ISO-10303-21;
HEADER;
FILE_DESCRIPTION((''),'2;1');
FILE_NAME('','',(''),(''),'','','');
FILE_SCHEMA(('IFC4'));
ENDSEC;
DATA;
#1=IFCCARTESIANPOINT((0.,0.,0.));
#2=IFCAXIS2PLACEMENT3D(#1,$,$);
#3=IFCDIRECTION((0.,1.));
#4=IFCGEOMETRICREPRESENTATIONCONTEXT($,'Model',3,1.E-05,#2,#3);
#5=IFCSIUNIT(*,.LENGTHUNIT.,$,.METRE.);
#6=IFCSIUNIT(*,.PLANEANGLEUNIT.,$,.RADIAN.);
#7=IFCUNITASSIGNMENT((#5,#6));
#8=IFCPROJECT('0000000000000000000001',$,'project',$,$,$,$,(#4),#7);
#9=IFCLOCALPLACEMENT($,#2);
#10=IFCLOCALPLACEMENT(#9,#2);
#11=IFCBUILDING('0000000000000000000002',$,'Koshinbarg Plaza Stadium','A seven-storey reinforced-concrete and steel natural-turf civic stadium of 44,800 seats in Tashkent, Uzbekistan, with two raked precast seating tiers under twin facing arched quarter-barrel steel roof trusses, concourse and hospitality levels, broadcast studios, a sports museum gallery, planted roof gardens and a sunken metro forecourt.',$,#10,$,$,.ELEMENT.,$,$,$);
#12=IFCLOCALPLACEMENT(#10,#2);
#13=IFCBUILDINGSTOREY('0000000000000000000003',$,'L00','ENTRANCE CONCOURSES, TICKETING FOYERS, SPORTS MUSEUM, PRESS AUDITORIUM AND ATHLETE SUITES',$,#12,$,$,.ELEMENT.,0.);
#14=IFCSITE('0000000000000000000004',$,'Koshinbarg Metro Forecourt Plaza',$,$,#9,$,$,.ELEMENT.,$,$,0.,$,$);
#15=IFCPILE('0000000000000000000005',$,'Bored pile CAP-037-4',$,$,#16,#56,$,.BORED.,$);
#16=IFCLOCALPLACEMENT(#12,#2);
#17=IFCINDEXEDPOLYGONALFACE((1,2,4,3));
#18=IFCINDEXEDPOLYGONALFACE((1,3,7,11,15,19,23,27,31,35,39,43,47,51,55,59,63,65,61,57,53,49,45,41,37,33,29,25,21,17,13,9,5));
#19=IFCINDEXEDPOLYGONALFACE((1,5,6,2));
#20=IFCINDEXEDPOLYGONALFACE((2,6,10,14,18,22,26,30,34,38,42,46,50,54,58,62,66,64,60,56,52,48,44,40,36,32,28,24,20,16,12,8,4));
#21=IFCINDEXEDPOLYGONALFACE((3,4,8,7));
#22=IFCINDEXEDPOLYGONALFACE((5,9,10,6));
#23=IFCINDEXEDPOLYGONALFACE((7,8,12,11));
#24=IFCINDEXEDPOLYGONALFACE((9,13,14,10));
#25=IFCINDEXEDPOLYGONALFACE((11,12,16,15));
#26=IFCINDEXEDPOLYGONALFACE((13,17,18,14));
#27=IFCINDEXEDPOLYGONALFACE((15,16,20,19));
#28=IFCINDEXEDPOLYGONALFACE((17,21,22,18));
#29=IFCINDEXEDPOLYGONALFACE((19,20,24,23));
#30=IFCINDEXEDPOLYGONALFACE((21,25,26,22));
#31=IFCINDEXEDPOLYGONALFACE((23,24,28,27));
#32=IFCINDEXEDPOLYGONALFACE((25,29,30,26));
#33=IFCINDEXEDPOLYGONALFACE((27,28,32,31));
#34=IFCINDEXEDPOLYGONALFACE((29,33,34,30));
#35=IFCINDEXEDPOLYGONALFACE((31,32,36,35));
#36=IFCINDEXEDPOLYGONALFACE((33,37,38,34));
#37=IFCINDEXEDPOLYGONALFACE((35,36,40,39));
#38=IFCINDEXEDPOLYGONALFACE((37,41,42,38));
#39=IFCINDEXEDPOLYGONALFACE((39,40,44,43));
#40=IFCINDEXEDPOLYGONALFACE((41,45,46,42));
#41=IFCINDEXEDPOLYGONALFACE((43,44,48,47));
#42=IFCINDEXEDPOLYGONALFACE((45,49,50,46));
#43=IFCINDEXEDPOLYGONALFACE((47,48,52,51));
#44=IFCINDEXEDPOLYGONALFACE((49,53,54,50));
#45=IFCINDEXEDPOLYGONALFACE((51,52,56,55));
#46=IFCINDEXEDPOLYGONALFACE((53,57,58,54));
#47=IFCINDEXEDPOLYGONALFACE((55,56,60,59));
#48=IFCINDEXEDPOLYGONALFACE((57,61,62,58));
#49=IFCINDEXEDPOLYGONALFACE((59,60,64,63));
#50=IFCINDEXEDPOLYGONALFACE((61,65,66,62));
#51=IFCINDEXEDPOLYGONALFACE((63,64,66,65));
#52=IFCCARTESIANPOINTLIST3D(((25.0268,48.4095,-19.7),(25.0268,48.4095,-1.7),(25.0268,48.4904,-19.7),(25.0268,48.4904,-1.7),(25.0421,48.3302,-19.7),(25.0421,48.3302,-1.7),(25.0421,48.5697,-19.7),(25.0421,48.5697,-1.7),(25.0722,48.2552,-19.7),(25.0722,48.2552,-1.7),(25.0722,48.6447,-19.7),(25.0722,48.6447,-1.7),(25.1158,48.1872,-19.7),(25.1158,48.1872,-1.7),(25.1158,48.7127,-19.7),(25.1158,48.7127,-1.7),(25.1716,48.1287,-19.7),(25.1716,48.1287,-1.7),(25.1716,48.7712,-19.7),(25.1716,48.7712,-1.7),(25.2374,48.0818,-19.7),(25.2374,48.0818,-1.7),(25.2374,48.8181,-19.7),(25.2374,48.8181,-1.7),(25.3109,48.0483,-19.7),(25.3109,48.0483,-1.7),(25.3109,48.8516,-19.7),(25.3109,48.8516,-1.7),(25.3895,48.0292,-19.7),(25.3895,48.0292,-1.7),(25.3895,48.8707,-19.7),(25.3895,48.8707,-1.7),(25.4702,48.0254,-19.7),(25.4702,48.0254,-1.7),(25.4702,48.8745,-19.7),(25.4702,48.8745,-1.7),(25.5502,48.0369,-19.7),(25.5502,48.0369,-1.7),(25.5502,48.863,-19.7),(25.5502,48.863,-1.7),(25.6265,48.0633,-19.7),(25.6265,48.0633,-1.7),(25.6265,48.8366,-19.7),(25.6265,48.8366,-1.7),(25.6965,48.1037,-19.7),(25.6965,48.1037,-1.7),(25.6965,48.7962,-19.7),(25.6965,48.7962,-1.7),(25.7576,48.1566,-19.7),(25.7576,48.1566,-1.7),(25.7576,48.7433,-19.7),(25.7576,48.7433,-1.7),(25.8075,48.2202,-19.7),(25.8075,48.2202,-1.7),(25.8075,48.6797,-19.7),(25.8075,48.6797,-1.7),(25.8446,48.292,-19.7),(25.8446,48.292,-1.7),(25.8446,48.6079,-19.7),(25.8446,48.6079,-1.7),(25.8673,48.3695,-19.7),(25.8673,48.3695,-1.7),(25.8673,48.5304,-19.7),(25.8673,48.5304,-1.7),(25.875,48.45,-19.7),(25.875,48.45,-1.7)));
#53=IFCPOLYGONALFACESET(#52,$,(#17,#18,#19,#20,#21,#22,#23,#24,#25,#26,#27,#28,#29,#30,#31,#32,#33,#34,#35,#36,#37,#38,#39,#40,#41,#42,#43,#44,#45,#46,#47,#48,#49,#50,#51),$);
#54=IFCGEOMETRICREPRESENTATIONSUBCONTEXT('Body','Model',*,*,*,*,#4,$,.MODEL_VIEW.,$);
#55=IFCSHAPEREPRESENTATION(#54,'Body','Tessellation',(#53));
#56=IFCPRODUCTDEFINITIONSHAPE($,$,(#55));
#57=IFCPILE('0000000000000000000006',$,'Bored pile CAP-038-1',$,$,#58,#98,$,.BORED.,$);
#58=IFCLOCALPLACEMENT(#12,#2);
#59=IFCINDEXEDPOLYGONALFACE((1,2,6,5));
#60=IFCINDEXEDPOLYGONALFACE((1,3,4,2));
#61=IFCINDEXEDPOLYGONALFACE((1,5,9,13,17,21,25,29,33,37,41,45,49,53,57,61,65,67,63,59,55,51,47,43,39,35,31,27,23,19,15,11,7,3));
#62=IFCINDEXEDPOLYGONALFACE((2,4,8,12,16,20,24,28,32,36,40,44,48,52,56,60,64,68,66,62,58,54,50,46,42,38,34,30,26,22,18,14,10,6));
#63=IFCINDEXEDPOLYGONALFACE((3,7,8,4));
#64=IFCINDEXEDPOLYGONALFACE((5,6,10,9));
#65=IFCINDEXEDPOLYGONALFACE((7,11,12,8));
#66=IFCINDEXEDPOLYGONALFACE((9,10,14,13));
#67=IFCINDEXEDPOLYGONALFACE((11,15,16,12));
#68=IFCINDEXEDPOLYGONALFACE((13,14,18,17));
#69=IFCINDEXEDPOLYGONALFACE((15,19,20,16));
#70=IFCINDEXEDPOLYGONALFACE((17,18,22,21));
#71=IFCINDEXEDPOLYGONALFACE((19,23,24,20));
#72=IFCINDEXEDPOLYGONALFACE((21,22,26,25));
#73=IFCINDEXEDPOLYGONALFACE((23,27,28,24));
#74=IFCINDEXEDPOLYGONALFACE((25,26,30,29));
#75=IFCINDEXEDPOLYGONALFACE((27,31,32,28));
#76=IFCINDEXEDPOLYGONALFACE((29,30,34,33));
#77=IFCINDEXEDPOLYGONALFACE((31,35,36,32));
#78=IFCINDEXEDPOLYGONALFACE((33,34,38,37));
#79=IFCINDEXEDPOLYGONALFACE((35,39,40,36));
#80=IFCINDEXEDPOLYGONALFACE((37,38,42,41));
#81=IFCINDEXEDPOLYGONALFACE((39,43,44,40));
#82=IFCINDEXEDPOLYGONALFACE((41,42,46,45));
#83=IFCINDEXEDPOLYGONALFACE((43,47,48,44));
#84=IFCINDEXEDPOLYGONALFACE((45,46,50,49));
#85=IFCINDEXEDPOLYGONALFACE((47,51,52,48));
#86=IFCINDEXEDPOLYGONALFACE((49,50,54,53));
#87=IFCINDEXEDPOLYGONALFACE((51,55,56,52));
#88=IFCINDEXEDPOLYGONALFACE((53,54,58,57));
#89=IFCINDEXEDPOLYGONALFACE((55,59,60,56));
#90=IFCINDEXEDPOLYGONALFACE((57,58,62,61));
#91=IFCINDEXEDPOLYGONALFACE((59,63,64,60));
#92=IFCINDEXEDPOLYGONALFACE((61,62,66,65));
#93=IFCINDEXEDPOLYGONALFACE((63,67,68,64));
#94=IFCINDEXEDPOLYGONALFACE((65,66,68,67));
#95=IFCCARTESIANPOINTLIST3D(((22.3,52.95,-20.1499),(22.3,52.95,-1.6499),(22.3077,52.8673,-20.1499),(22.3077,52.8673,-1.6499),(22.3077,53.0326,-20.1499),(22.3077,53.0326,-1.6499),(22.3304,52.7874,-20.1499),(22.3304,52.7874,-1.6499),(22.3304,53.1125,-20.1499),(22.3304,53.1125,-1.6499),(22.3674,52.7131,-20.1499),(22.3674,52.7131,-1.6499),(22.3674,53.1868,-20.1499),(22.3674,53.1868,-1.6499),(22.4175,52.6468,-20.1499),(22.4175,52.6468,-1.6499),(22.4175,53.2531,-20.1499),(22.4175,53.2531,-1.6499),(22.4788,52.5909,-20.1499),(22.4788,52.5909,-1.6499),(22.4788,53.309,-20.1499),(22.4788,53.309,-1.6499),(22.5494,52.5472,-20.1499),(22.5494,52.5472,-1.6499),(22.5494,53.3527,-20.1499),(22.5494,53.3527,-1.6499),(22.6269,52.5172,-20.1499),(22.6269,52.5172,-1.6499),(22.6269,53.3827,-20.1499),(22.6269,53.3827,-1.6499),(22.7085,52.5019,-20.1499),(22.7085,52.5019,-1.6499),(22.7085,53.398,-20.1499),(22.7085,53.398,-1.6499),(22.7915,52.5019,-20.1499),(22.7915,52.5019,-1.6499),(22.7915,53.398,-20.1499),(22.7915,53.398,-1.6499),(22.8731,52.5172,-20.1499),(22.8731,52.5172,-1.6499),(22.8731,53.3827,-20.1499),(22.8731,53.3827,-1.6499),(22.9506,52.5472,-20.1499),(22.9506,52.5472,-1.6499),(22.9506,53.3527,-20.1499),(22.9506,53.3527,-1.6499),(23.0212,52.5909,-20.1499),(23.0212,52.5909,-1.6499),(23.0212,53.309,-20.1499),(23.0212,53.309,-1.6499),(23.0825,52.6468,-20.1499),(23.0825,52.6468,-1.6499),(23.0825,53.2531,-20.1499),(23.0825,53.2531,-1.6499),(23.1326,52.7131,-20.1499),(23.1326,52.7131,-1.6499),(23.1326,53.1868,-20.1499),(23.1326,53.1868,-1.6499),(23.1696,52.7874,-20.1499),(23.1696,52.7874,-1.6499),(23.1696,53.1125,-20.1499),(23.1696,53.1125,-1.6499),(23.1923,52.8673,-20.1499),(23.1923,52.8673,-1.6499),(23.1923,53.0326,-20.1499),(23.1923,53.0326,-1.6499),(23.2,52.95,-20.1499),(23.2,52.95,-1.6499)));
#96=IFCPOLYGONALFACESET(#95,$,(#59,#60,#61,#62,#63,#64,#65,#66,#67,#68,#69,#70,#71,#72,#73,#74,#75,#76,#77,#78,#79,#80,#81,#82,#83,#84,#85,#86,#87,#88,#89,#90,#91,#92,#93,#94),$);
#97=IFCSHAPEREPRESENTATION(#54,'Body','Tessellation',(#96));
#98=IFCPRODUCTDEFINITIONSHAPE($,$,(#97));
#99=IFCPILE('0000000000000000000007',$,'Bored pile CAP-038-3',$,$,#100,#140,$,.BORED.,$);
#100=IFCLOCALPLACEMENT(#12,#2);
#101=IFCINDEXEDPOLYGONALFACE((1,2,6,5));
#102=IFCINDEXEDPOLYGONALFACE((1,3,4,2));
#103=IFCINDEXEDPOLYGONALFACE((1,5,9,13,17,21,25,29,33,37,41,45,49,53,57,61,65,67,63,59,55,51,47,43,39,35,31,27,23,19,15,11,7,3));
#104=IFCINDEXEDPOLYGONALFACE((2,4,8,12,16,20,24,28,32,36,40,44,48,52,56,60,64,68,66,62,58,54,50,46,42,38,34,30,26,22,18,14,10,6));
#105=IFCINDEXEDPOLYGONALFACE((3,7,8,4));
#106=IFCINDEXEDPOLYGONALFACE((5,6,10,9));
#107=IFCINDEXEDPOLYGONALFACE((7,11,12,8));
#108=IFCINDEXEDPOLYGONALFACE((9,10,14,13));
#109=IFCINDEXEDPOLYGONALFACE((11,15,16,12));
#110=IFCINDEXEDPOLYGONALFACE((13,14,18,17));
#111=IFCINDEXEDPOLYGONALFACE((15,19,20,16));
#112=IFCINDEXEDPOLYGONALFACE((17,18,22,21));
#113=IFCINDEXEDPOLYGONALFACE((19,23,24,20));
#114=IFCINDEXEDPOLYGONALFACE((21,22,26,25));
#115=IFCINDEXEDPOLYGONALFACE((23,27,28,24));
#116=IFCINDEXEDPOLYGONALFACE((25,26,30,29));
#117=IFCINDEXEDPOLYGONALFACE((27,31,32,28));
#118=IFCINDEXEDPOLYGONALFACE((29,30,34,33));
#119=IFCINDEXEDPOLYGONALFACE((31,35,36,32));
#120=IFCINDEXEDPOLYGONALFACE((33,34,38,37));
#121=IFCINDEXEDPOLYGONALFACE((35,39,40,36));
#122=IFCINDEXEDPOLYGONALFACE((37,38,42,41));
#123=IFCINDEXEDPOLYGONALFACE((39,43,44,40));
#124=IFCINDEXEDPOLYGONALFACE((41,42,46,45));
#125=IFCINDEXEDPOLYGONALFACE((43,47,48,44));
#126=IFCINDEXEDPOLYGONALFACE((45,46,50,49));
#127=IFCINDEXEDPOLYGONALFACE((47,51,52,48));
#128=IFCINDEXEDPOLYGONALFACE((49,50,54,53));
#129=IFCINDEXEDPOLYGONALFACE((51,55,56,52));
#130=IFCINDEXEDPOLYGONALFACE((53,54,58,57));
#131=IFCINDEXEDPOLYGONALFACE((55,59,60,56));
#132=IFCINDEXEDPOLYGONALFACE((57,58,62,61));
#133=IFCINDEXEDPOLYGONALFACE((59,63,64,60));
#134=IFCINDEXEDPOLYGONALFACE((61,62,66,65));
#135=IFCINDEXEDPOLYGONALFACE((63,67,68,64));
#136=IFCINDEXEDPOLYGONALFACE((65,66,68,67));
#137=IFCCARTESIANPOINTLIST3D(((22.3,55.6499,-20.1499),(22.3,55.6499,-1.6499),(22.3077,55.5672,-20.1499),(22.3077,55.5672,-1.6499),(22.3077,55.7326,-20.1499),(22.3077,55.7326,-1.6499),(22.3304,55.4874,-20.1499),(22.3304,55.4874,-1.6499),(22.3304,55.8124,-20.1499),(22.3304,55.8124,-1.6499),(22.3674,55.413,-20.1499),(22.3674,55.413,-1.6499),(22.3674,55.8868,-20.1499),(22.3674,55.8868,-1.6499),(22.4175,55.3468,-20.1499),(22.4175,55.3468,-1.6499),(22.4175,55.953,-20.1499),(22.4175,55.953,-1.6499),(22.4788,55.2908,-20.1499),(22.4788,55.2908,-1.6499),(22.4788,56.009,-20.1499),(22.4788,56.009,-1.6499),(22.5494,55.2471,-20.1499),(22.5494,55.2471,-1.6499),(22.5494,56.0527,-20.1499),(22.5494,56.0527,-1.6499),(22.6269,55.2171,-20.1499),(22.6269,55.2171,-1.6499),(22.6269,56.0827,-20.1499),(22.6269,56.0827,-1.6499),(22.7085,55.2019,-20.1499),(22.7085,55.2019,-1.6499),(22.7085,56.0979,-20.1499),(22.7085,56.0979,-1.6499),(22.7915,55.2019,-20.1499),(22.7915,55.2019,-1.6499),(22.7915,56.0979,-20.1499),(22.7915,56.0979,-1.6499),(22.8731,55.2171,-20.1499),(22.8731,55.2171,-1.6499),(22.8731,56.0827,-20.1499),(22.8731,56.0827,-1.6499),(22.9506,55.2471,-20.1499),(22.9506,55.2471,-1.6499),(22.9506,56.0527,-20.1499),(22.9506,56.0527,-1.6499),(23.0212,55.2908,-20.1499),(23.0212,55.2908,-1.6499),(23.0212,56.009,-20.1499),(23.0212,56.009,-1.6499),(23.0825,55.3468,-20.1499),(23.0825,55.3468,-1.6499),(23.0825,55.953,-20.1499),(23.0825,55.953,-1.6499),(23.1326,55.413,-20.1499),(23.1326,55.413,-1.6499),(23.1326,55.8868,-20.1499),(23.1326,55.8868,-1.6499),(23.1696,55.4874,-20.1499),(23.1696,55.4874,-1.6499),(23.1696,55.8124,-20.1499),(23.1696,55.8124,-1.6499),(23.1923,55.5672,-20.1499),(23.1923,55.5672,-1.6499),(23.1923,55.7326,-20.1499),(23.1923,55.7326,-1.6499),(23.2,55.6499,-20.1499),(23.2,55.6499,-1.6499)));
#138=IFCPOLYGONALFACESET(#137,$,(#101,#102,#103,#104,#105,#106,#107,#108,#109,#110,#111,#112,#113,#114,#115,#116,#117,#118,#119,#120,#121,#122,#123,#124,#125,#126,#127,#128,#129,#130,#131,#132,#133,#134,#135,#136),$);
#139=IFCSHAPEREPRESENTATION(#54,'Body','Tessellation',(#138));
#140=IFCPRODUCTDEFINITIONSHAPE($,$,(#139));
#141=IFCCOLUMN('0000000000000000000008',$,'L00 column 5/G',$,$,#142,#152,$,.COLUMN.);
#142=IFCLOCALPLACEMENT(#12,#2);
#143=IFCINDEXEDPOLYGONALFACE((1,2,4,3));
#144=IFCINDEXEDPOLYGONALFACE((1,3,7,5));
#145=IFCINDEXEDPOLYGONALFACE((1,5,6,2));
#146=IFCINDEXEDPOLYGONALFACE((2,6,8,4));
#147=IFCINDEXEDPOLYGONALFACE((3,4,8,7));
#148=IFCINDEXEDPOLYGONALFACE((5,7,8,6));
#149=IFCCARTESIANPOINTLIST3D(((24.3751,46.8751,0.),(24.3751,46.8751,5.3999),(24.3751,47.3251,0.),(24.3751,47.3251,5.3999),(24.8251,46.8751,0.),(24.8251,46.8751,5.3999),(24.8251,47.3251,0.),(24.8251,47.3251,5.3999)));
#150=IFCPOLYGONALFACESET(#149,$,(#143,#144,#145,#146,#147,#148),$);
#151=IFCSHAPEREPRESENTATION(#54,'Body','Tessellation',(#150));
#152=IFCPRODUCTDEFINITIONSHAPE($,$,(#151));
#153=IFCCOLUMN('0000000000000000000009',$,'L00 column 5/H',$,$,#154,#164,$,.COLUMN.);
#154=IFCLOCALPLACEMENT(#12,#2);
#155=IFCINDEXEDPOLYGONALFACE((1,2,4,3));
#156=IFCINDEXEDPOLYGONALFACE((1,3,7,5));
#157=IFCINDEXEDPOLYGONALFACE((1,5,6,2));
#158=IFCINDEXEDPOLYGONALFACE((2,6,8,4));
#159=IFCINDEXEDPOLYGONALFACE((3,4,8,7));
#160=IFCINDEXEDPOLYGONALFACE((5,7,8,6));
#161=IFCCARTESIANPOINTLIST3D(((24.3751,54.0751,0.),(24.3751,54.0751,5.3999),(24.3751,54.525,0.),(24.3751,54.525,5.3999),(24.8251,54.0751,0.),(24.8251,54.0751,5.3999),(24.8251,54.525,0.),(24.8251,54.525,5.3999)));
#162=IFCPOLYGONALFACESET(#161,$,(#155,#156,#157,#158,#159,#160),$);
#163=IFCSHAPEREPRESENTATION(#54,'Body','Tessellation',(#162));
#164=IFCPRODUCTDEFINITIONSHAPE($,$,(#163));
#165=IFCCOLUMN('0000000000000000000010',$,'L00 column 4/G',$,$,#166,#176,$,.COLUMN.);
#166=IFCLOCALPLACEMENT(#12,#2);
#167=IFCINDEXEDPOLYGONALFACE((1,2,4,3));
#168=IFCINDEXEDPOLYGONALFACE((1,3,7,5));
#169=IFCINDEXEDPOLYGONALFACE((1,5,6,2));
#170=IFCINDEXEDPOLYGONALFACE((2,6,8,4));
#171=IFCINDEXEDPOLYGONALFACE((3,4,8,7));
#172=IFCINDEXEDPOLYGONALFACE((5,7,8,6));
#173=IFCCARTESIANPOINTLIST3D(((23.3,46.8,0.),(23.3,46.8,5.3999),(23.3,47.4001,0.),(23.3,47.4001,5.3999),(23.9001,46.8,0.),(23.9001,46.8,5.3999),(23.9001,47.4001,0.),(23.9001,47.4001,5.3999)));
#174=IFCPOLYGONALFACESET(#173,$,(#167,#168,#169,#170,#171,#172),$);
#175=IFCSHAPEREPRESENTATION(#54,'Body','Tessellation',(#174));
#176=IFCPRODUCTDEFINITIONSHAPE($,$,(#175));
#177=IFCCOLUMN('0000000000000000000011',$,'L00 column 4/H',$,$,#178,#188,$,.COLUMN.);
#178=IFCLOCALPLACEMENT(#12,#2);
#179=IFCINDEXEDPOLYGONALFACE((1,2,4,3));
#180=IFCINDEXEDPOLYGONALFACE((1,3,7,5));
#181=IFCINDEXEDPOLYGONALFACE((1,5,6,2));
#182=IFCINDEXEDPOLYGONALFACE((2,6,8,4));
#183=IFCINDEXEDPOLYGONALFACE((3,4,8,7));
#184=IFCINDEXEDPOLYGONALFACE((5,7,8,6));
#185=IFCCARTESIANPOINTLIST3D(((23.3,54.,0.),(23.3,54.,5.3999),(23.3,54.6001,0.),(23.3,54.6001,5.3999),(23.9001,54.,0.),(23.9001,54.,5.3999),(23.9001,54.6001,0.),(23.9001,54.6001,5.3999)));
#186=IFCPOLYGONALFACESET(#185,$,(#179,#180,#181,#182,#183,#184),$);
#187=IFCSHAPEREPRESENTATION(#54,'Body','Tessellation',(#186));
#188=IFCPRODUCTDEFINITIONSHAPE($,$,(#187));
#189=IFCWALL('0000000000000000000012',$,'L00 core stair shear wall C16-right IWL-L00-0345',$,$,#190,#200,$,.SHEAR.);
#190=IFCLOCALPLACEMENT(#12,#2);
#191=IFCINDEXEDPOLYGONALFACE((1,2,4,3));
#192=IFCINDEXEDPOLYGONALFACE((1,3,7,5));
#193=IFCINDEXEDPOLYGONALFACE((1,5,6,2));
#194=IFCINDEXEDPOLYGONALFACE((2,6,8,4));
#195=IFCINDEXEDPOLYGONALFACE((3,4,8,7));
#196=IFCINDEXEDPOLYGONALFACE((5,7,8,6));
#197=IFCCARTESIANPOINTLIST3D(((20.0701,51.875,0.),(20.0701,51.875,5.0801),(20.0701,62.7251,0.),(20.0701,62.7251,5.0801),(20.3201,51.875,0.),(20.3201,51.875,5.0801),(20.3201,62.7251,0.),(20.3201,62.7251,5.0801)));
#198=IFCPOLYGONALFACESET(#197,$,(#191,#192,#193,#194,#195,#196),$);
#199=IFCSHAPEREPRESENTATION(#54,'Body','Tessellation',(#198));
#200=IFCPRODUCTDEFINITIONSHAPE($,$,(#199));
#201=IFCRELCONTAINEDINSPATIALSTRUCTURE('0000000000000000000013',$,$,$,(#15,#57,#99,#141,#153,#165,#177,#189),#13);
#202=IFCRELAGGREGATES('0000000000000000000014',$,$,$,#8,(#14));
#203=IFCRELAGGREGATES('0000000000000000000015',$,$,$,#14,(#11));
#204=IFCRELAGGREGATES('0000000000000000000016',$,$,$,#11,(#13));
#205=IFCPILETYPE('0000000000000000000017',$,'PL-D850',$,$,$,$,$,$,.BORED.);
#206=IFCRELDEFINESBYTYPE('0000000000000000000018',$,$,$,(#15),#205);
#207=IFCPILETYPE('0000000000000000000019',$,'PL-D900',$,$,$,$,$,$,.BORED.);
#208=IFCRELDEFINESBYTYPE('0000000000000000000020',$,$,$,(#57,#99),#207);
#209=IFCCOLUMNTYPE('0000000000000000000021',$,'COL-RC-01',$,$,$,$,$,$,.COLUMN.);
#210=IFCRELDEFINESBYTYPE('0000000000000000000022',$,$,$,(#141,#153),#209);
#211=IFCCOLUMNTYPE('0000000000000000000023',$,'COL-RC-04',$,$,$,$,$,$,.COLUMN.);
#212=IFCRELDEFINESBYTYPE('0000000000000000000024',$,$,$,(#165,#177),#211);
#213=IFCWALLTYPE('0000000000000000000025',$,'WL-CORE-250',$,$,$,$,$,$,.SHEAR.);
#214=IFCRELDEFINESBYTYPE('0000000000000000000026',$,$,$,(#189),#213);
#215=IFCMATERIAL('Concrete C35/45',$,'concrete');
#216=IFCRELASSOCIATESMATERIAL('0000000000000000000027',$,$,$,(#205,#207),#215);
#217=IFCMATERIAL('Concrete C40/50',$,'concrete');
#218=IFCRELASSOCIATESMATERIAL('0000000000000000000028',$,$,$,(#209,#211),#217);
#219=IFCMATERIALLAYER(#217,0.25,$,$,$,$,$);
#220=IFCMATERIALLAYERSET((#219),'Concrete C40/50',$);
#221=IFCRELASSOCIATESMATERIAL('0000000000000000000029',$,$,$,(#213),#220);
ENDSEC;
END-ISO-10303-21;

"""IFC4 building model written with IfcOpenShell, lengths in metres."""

from ifc_helpers import new_model, si_unit, direction, frame, frame_2d, origin, origin_2d, place, context, subcontext, project, spatial, rectangle, circle, extrude, material, layer, layer_set, material_profile, profile_set, type_object, element, save


model = new_model("IFC4")

# Units and contexts
model_context = context("Model", 3, precision=1e-05, world=origin(), true_north=direction((0.0, 1.0)))
body_context = subcontext(model_context, "Body", "Model", "MODEL_VIEW")
ifc_project = project(units=[si_unit("LENGTHUNIT", "METRE"), si_unit("PLANEANGLEUNIT", "RADIAN")], contexts=[model_context])

# Site, building, storey
site_placement = place(None, origin())
site = spatial("IfcSite", under=ifc_project, at=site_placement, Name="Koshinbarg Metro Forecourt Plaza", CompositionType="ELEMENT", RefElevation=0.0)
building_placement = place(site_placement, origin())
building = spatial("IfcBuilding", under=site, at=building_placement, Name="Koshinbarg Plaza Stadium", Description="A seven-storey reinforced-concrete and steel natural-turf civic stadium of 44,800 seats in Tashkent, Uzbekistan, with two raked precast seating tiers under twin facing arched quarter-barrel steel roof trusses, concourse and hospitality levels, broadcast studios, a sports museum gallery, planted roof gardens and a sunken metro forecourt.", CompositionType="ELEMENT")
storey_placement = place(building_placement, origin())
storey = spatial("IfcBuildingStorey", under=building, at=storey_placement, Name="L00", Description="ENTRANCE CONCOURSES, TICKETING FOYERS, SPORTS MUSEUM, PRESS AUDITORIUM AND ATHLETE SUITES", CompositionType="ELEMENT", Elevation=0.0)

# Shared definitions
ifc_material_1 = material(Name="Concrete C35/45", Category="concrete")

# Piles
ifc_material_profile_1 = material_profile(ifc_material_1, circle(Radius=0.425, at=origin_2d()), Name="PILE D850")
ifc_profile_set_1 = profile_set([ifc_material_profile_1], Name="Concrete C35/45")
pile_type_1 = type_object("IfcPileType", Name="PL-D850", PredefinedType="BORED", material=ifc_profile_set_1)
for number, where, z_axis, x_axis, name in (
    (1, (25.45, 48.45, -1.7), (0.0, 0.0, -1.0), (1.0, 0.0, 0.0), "Bored pile CAP-037-4"),
):
    element("IfcPile", number, at=place(storey_placement, frame(where, z_axis=z_axis, x_axis=x_axis)), inside=storey, type_object=pile_type_1, Name=name, PredefinedType="BORED", context=body_context, shape_type="SweptSolid", body=[
        extrude(circle(Radius=0.425, at=origin_2d()), origin(), (0.0, 0.0, 1.0), 18.0),
    ])
ifc_material_profile_2 = material_profile(ifc_material_1, circle(Radius=0.45, at=origin_2d()), Name="PILE D900")
ifc_profile_set_2 = profile_set([ifc_material_profile_2], Name="Concrete C35/45")
pile_type_2 = type_object("IfcPileType", Name="PL-D900", PredefinedType="BORED", material=ifc_profile_set_2)
for number, where, z_axis, x_axis, name in (
    (2, (22.75, 52.95, -1.6499), (0.0, 0.0, -1.0), (1.0, 0.0, 0.0), "Bored pile CAP-038-1"),
    (3, (22.75, 55.6499, -1.6499), (0.0, 0.0, -1.0), (1.0, 0.0, 0.0), "Bored pile CAP-038-3"),
):
    element("IfcPile", number, at=place(storey_placement, frame(where, z_axis=z_axis, x_axis=x_axis)), inside=storey, type_object=pile_type_2, Name=name, PredefinedType="BORED", context=body_context, shape_type="SweptSolid", body=[
        extrude(circle(Radius=0.45, at=origin_2d()), origin(), (0.0, 0.0, 1.0), 18.5),
    ])

# Columns
ifc_material_2 = material(Name="Concrete C40/50", Category="concrete")
ifc_material_profile_3 = material_profile(ifc_material_2, rectangle(XDim=0.45, YDim=0.45, at=origin_2d()), Name="RC 450x450")
ifc_profile_set_3 = profile_set([ifc_material_profile_3], Name="Concrete C40/50")
column_type_1 = type_object("IfcColumnType", Name="COL-RC-01", PredefinedType="COLUMN", material=ifc_profile_set_3)
for number, where, z_axis, x_axis, name in (
    (4, (24.6001, 47.1001, 0.0), (0.0, 0.0, 1.0), (1.0, 0.0, 0.0), "L00 column 5/G"),
    (5, (24.6001, 54.3, 0.0), (0.0, 0.0, 1.0), (1.0, 0.0, 0.0), "L00 column 5/H"),
):
    element("IfcColumn", number, at=place(storey_placement, frame(where, z_axis=z_axis, x_axis=x_axis)), inside=storey, type_object=column_type_1, Name=name, PredefinedType="COLUMN", context=body_context, shape_type="SweptSolid", body=[
        extrude(rectangle(XDim=0.45, YDim=0.45, at=origin_2d()), origin(), (0.0, 0.0, 1.0), 5.3999),
    ])
ifc_material_profile_4 = material_profile(ifc_material_2, rectangle(XDim=0.6001, YDim=0.6001, at=origin_2d()), Name="RC 600x600")
ifc_profile_set_4 = profile_set([ifc_material_profile_4], Name="Concrete C40/50")
column_type_2 = type_object("IfcColumnType", Name="COL-RC-04", PredefinedType="COLUMN", material=ifc_profile_set_4)
for number, where, z_axis, x_axis, name in (
    (6, (23.6001, 47.1001, 0.0), (0.0, 0.0, 1.0), (1.0, 0.0, 0.0), "L00 column 4/G"),
    (7, (23.6001, 54.3, 0.0), (0.0, 0.0, 1.0), (1.0, 0.0, 0.0), "L00 column 4/H"),
):
    element("IfcColumn", number, at=place(storey_placement, frame(where, z_axis=z_axis, x_axis=x_axis)), inside=storey, type_object=column_type_2, Name=name, PredefinedType="COLUMN", context=body_context, shape_type="SweptSolid", body=[
        extrude(rectangle(XDim=0.6001, YDim=0.6001, at=origin_2d()), origin(), (0.0, 0.0, 1.0), 5.3999),
    ])

# Wall
ifc_layer_1 = layer(ifc_material_2, 0.25)
ifc_layer_set_1 = layer_set([ifc_layer_1], Name="Concrete C40/50")
wall_type_1 = type_object("IfcWallType", Name="WL-CORE-250", PredefinedType="SHEAR", material=ifc_layer_set_1)
wall_1_placement = place(storey_placement, frame((20.1951, 51.875, 0.0), z_axis=(0.0, 0.0, 1.0), x_axis=(0.0, 1.0, 0.0)))
element("IfcWall", 8, at=wall_1_placement, inside=storey, type_object=wall_type_1, Name="L00 core stair shear wall C16-right IWL-L00-0345", PredefinedType="SHEAR", context=body_context, shape_type="SweptSolid", body=[
    extrude(rectangle(XDim=10.8501, YDim=0.25, at=frame_2d((5.425, 0.0))), origin(), (0.0, 0.0, 1.0), 5.0801),
])

save(model, "model.ifc")
